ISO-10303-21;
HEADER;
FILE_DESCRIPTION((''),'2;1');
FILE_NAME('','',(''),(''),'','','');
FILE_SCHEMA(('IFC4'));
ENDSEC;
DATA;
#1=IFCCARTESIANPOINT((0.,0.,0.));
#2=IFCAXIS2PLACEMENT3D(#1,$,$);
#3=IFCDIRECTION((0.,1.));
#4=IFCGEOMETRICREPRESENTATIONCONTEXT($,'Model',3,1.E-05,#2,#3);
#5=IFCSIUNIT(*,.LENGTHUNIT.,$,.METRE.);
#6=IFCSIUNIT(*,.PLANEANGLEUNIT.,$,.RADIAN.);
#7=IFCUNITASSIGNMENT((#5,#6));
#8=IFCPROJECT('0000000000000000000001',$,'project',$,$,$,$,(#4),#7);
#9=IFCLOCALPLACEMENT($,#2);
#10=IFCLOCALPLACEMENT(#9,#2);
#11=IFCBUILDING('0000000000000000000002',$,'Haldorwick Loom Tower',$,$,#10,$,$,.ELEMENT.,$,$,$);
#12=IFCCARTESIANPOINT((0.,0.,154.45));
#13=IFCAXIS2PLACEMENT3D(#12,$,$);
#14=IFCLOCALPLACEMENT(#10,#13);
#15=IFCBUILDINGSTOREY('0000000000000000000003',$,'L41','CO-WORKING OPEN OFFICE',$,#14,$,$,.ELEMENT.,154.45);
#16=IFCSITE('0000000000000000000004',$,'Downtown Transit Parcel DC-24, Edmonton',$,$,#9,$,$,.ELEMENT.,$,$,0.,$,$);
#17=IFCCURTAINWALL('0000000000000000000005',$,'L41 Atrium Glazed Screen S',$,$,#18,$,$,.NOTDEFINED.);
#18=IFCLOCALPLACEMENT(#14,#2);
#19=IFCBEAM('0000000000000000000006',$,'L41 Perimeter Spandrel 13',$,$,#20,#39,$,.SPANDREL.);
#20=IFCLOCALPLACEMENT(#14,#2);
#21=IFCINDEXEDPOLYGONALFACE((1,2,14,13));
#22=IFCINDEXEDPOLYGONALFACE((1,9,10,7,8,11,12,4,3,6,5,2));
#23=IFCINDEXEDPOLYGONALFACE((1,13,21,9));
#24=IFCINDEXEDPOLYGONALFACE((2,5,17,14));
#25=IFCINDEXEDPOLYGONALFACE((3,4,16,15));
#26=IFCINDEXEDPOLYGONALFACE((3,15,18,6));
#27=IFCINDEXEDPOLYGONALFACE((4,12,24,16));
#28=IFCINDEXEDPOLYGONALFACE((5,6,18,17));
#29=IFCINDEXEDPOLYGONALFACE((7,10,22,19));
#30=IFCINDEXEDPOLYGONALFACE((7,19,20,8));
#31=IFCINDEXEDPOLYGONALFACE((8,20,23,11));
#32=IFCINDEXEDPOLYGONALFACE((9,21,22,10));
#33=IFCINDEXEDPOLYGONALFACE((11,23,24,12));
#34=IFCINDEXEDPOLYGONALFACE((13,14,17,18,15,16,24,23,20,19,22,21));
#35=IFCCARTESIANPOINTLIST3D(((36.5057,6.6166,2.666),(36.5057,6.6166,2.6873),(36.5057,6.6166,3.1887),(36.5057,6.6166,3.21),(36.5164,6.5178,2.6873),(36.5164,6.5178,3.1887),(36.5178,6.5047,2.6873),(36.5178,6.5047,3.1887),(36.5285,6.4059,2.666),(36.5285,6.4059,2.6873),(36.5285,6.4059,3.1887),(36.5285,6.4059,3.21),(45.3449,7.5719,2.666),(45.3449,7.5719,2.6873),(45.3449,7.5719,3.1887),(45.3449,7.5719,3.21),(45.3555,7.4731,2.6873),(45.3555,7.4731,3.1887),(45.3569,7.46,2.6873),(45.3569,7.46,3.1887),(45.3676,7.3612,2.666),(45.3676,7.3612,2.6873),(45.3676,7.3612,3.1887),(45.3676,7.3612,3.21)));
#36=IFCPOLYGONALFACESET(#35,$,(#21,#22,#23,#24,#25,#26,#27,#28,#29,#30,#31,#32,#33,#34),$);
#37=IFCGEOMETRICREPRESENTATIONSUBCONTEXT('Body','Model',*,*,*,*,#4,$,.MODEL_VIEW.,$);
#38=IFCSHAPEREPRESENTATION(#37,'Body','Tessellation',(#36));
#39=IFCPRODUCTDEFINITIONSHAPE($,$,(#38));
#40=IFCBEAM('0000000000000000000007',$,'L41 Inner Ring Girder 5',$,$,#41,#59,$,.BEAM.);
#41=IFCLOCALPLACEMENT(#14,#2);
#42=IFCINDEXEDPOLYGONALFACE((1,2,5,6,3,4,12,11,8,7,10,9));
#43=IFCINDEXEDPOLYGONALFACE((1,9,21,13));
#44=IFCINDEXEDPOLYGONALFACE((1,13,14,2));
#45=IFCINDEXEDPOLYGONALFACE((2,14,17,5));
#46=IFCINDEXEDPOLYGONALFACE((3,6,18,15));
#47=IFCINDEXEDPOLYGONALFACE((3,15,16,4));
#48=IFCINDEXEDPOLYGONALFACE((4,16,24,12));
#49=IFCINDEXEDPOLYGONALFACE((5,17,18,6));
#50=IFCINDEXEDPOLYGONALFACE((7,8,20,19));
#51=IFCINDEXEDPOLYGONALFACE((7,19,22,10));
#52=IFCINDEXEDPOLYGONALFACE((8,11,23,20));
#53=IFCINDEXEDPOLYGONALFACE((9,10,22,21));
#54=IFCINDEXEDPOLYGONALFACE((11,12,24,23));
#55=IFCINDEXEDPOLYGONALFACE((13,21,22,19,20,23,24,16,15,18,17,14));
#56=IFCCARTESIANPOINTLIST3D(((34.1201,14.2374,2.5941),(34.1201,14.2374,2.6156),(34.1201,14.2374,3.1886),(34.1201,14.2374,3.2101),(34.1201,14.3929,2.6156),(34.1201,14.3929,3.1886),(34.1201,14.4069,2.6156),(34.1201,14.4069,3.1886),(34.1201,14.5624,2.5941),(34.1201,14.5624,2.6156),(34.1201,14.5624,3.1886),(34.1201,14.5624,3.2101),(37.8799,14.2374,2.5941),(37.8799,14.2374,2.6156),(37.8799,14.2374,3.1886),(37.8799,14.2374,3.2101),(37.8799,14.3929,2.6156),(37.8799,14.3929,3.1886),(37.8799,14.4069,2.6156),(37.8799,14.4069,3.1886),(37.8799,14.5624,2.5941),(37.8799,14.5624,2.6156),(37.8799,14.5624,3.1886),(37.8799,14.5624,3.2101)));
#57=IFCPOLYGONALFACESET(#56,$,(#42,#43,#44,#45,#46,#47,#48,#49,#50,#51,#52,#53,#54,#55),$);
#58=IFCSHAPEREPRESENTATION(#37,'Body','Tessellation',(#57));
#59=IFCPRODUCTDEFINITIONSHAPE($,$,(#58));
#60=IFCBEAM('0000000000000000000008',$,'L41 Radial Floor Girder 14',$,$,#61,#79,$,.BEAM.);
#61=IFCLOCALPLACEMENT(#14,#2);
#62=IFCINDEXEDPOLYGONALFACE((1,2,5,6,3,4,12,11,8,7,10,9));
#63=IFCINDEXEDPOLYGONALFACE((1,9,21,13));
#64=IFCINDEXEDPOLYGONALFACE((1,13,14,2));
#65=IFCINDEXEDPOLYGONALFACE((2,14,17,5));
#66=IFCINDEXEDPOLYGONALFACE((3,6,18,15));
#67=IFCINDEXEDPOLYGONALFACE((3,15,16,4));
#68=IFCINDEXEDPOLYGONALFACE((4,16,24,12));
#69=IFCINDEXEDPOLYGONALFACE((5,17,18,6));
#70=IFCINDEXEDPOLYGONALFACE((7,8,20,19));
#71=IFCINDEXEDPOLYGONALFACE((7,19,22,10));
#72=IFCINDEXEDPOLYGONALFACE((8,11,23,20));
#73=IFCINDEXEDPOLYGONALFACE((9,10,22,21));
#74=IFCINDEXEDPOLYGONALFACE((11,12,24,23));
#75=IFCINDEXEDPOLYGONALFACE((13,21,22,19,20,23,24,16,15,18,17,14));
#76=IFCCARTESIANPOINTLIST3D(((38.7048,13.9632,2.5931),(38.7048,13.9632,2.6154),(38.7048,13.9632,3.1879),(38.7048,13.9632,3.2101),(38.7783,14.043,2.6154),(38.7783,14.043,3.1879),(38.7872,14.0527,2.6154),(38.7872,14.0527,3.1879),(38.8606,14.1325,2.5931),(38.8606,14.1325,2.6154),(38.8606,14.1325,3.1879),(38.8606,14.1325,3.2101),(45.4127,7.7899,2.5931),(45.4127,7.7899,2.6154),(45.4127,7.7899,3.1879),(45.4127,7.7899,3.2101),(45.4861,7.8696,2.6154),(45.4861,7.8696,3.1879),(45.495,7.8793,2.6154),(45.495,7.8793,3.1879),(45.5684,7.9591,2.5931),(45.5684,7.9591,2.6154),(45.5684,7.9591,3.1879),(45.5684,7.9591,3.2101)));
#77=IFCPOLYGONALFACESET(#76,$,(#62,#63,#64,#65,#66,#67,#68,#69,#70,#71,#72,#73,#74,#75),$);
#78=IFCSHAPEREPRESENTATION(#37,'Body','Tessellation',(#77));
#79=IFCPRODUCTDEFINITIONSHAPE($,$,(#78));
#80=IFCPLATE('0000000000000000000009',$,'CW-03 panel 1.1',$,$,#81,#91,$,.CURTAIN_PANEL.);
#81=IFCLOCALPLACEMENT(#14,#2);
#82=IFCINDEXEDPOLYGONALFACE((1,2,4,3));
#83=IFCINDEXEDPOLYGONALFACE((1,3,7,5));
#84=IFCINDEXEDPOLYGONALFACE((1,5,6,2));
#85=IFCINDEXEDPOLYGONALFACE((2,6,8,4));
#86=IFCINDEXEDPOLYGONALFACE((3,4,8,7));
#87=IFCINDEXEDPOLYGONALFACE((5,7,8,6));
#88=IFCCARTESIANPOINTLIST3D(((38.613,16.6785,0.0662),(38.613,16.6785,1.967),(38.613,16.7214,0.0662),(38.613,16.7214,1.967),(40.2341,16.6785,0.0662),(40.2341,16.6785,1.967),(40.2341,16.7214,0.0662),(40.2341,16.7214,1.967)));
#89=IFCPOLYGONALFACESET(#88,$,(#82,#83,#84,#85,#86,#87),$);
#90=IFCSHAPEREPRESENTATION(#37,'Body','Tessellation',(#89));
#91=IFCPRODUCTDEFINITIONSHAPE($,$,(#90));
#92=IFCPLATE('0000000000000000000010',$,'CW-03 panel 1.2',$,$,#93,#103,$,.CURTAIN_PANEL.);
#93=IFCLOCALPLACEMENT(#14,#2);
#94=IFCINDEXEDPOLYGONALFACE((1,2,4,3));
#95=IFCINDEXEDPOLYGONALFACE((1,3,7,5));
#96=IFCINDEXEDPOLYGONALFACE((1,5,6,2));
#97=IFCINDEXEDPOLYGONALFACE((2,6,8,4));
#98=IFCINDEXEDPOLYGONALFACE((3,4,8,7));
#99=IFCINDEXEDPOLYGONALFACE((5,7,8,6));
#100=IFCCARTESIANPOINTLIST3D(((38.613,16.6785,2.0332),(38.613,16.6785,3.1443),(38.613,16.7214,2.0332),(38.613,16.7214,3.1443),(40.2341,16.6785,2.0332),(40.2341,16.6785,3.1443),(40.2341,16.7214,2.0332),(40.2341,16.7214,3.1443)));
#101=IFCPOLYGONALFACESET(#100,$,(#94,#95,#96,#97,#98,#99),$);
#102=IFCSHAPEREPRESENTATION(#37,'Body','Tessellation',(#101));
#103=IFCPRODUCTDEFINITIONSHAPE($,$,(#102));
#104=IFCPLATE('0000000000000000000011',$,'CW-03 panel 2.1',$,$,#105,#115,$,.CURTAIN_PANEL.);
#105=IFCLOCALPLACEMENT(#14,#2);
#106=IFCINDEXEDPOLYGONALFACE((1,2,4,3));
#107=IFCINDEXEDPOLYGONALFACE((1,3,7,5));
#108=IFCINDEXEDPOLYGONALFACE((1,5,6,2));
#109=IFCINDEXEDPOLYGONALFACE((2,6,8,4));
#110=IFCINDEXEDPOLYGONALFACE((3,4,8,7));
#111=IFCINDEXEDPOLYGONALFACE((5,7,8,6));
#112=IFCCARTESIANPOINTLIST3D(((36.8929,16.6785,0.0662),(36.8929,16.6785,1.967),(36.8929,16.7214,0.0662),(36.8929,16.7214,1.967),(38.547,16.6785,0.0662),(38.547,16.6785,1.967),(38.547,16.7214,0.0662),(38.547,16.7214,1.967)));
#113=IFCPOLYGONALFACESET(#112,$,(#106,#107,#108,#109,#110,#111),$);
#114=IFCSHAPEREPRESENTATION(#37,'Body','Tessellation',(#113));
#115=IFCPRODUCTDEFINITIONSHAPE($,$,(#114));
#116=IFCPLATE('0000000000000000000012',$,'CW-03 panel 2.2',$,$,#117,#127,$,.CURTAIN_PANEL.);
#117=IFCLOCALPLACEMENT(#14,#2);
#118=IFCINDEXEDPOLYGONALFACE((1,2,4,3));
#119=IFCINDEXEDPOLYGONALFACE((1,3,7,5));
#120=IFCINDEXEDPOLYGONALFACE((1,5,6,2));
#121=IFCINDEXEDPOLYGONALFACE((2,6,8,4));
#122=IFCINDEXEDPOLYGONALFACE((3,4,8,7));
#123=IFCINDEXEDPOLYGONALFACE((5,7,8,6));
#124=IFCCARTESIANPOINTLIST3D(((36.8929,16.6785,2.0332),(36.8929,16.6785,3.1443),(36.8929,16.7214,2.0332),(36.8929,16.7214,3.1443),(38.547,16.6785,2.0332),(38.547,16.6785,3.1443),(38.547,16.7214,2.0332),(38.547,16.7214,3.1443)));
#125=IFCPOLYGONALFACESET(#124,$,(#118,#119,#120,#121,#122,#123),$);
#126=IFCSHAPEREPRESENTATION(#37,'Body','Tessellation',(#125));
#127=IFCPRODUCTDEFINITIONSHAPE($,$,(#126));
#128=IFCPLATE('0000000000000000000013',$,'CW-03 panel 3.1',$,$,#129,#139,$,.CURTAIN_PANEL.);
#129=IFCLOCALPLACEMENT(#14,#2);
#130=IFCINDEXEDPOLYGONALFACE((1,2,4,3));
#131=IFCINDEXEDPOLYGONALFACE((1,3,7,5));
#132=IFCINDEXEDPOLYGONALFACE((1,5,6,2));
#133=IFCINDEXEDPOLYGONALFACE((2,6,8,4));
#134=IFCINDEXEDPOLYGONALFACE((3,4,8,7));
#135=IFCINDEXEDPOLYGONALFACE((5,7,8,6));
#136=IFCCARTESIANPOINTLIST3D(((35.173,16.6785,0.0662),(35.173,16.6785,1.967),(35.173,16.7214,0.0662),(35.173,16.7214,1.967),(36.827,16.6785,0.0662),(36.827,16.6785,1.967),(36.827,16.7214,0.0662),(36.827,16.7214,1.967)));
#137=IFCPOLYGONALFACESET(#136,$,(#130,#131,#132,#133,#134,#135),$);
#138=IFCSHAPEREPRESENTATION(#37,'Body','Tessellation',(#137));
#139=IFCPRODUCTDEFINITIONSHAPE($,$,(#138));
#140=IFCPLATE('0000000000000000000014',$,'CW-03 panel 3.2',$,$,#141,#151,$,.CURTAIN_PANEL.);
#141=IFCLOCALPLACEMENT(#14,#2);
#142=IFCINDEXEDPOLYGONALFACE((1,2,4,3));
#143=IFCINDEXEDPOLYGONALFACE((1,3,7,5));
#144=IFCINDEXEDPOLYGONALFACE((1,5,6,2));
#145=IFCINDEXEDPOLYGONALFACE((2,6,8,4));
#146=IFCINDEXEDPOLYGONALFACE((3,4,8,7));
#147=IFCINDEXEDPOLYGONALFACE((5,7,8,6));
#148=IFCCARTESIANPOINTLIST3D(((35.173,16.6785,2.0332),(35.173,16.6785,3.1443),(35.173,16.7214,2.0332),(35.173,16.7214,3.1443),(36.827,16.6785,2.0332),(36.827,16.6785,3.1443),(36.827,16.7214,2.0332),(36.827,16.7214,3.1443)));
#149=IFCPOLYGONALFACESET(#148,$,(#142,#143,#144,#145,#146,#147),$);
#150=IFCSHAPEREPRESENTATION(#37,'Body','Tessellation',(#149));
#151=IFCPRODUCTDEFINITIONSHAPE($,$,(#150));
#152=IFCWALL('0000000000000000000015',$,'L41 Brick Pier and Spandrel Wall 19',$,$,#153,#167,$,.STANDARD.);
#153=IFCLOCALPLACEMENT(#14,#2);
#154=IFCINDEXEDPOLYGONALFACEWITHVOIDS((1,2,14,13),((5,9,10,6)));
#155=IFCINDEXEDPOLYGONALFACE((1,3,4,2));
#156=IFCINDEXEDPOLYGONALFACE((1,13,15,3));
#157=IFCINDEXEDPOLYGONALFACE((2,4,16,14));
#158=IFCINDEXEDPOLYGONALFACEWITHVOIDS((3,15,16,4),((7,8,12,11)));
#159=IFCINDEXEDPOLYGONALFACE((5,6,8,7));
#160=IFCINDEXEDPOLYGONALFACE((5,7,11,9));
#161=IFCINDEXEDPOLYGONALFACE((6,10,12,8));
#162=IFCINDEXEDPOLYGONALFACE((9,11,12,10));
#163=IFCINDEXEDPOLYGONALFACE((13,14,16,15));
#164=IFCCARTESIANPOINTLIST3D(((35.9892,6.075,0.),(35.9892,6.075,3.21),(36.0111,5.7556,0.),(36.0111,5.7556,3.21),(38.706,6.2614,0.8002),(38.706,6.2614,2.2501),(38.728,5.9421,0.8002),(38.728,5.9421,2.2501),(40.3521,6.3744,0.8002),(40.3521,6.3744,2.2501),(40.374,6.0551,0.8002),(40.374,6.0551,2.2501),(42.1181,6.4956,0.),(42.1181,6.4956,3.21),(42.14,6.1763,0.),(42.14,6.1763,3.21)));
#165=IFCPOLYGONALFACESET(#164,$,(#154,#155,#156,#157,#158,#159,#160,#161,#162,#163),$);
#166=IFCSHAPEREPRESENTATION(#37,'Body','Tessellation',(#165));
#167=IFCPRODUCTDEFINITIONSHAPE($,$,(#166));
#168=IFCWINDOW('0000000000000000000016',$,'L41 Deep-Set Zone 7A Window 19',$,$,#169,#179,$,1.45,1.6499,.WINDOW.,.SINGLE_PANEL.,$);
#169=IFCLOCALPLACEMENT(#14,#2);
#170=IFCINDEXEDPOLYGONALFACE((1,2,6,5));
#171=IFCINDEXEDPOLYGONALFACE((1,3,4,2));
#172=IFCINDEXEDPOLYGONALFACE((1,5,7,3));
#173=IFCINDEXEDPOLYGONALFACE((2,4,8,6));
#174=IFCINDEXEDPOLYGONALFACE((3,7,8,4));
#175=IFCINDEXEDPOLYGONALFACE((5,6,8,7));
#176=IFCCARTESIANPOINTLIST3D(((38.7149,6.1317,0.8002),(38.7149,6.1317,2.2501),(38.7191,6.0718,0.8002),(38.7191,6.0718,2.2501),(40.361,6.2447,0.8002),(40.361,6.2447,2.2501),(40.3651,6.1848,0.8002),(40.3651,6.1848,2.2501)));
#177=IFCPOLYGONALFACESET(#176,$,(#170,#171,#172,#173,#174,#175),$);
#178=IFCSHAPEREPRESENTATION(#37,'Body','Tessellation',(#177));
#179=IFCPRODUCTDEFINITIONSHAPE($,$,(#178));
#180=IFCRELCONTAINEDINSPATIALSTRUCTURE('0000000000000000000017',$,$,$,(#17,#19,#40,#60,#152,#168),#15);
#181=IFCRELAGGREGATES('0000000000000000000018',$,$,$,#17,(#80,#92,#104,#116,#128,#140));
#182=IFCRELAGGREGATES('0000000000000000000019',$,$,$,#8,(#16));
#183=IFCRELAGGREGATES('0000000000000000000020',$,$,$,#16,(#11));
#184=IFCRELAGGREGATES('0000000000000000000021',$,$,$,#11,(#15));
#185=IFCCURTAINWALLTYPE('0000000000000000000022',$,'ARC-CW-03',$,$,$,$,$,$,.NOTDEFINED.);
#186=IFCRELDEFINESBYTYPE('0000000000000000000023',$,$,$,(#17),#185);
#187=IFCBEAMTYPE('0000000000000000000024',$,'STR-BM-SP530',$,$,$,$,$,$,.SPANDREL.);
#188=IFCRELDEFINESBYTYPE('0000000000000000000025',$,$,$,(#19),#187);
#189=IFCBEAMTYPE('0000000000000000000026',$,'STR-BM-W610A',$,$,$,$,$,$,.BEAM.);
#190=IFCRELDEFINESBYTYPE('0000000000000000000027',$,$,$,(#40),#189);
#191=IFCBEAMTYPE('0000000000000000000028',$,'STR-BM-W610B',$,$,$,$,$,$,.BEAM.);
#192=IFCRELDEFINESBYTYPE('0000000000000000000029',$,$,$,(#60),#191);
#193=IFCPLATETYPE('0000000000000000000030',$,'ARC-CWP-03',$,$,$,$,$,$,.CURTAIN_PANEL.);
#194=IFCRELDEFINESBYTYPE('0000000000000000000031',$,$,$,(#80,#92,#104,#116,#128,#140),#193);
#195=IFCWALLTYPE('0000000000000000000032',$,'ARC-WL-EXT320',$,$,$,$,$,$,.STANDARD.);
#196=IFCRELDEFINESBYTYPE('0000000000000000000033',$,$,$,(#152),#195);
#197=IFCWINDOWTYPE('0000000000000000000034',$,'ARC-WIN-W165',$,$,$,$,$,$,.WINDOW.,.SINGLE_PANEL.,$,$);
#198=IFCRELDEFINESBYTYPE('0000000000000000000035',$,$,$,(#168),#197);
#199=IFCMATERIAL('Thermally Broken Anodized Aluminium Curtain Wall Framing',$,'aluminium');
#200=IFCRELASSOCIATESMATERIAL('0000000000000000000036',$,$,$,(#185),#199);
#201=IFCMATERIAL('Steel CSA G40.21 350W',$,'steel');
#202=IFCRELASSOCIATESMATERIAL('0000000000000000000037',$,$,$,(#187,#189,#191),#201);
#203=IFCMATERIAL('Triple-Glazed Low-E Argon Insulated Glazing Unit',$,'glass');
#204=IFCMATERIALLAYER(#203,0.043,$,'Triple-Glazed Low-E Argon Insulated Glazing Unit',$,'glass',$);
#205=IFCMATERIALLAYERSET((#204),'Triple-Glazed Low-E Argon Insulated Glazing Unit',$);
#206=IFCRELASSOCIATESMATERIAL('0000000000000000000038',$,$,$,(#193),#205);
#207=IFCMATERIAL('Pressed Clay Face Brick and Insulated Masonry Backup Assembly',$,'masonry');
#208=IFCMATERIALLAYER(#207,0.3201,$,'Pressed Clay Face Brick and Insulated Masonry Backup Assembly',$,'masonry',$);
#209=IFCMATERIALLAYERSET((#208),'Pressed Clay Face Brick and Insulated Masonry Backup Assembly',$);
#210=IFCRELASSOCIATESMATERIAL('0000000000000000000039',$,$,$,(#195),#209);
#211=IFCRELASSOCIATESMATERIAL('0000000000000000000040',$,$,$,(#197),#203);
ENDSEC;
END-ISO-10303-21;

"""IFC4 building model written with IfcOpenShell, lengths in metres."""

from ifc_helpers import new_model, si_unit, direction, frame, frame_2d, origin, origin_2d, place, context, subcontext, project, spatial, rectangle, i_section, extrude, material, layer, layer_set, material_profile, profile_set, type_object, element, fill, aggregate, save


model = new_model("IFC4")

# Units and contexts
model_context = context("Model", 3, precision=1e-05, world=origin(), true_north=direction((0.0, 1.0)))
body_context = subcontext(model_context, "Body", "Model", "MODEL_VIEW")
ifc_project = project(units=[si_unit("LENGTHUNIT", "METRE"), si_unit("PLANEANGLEUNIT", "RADIAN")], contexts=[model_context])

# Site, building, storey
site_placement = place(None, origin())
site = spatial("IfcSite", under=ifc_project, at=site_placement, Name="Downtown Transit Parcel DC-24, Edmonton", CompositionType="ELEMENT", RefElevation=0.0)
building_placement = place(site_placement, origin())
building = spatial("IfcBuilding", under=site, at=building_placement, Name="Haldorwick Loom Tower", CompositionType="ELEMENT")
storey_placement = place(building_placement, frame((0.0, 0.0, 154.45)))
storey = spatial("IfcBuildingStorey", under=building, at=storey_placement, Name="L41", Description="CO-WORKING OPEN OFFICE", CompositionType="ELEMENT", Elevation=154.45)

# Curtain wall
ifc_material_1 = material(Name="Thermally Broken Anodized Aluminium Curtain Wall Framing", Category="aluminium")
curtain_wall_type = type_object("IfcCurtainWallType", Name="ARC-CW-03", PredefinedType="NOTDEFINED", material=ifc_material_1)
curtain_wall_placement = place(storey_placement, origin())
curtain_wall = element("IfcCurtainWall", 1, at=curtain_wall_placement, inside=storey, type_object=curtain_wall_type, Name="L41 Atrium Glazed Screen S", PredefinedType="NOTDEFINED")

# Beams
ifc_material_2 = material(Name="Steel CSA G40.21 350W", Category="steel")
ifc_material_profile_1 = material_profile(ifc_material_2, i_section(OverallWidth=0.2119, OverallDepth=0.5439, WebThickness=0.0132, FlangeThickness=0.0212, at=origin_2d()), Name="W530X123", Category="steel")
ifc_profile_set_1 = profile_set([ifc_material_profile_1], Name="Steel CSA G40.21 350W")
beam_type_1 = type_object("IfcBeamType", Name="STR-BM-SP530", PredefinedType="SPANDREL", material=ifc_profile_set_1)
beam_1_placement = place(storey_placement, frame((36.5171, 6.5112, 2.938), z_axis=(0.99421, 0.107453, 0.0), x_axis=(-0.107453, 0.99421, 0.0)))
element("IfcBeam", 2, at=beam_1_placement, inside=storey, type_object=beam_type_1, Name="L41 Perimeter Spandrel 13", PredefinedType="SPANDREL", context=body_context, shape_type="SweptSolid", body=[
    extrude(i_section(OverallWidth=0.2119, OverallDepth=0.5439, WebThickness=0.0132, FlangeThickness=0.0212, at=origin_2d()), origin(), (0.0, 0.0, 1.0), 8.8906),
])
ifc_material_profile_2 = material_profile(ifc_material_2, i_section(OverallWidth=0.325, OverallDepth=0.616, WebThickness=0.0139, FlangeThickness=0.0215, at=origin_2d()), Name="W610X174", Category="steel")
ifc_profile_set_2 = profile_set([ifc_material_profile_2], Name="Steel CSA G40.21 350W")
beam_type_2 = type_object("IfcBeamType", Name="STR-BM-W610A", PredefinedType="BEAM", material=ifc_profile_set_2)
beam_2_placement = place(storey_placement, frame((37.8799, 14.3999, 2.9021), z_axis=(-1.0, 0.0, 0.0), x_axis=(0.0, -1.0, 0.0)))
element("IfcBeam", 3, at=beam_2_placement, inside=storey, type_object=beam_type_2, Name="L41 Inner Ring Girder 5", PredefinedType="BEAM", context=body_context, shape_type="SweptSolid", body=[
    extrude(i_section(OverallWidth=0.325, OverallDepth=0.616, WebThickness=0.0139, FlangeThickness=0.0215, at=origin_2d()), origin(), (0.0, 0.0, 1.0), 3.7598),
])
ifc_material_profile_3 = material_profile(ifc_material_2, i_section(OverallWidth=0.23, OverallDepth=0.6169, WebThickness=0.0132, FlangeThickness=0.0222, at=origin_2d()), Name="W610X140", Category="steel")
ifc_profile_set_3 = profile_set([ifc_material_profile_3], Name="Steel CSA G40.21 350W")
beam_type_3 = type_object("IfcBeamType", Name="STR-BM-W610B", PredefinedType="BEAM", material=ifc_profile_set_3)
beam_3_placement = place(storey_placement, frame((38.7827, 14.0479, 2.9016), z_axis=(0.735811, -0.677187, 0.0), x_axis=(0.677187, 0.735811, 0.0)))
element("IfcBeam", 4, at=beam_3_placement, inside=storey, type_object=beam_type_3, Name="L41 Radial Floor Girder 14", PredefinedType="BEAM", context=body_context, shape_type="SweptSolid", body=[
    extrude(i_section(OverallWidth=0.23, OverallDepth=0.6169, WebThickness=0.0132, FlangeThickness=0.0222, at=origin_2d()), origin(), (0.0, 0.0, 1.0), 9.1162),
])

# Plates
ifc_material_3 = material(Name="Triple-Glazed Low-E Argon Insulated Glazing Unit", Category="glass")
ifc_layer_1 = layer(ifc_material_3, 0.043, Name="Triple-Glazed Low-E Argon Insulated Glazing Unit", Category="glass")
ifc_layer_set_1 = layer_set([ifc_layer_1], Name="Triple-Glazed Low-E Argon Insulated Glazing Unit")
plate_type = type_object("IfcPlateType", Name="ARC-CWP-03", PredefinedType="CURTAIN_PANEL", material=ifc_layer_set_1)
plate_1_placement = place(storey_placement, frame((39.4236, 16.7, 0.0662), z_axis=(0.0, 0.0, 1.0), x_axis=(-1.0, 0.0, 0.0)))
plate_1 = element("IfcPlate", 5, at=plate_1_placement, type_object=plate_type, Name="CW-03 panel 1.1", PredefinedType="CURTAIN_PANEL", context=body_context, shape_type="SweptSolid", body=[
    extrude(rectangle(XDim=1.6211, YDim=0.043, at=origin_2d()), origin(), (0.0, 0.0, 1.0), 1.9009),
])
plate_2_placement = place(storey_placement, frame((39.4236, 16.7, 2.0332), z_axis=(0.0, 0.0, 1.0), x_axis=(-1.0, 0.0, 0.0)))
plate_2 = element("IfcPlate", 6, at=plate_2_placement, type_object=plate_type, Name="CW-03 panel 1.2", PredefinedType="CURTAIN_PANEL", context=body_context, shape_type="SweptSolid", body=[
    extrude(rectangle(XDim=1.6211, YDim=0.043, at=origin_2d()), origin(), (0.0, 0.0, 1.0), 1.1111),
])
plate_3_placement = place(storey_placement, frame((37.72, 16.7, 0.0662), z_axis=(0.0, 0.0, 1.0), x_axis=(-1.0, 0.0, 0.0)))
plate_3 = element("IfcPlate", 7, at=plate_3_placement, type_object=plate_type, Name="CW-03 panel 2.1", PredefinedType="CURTAIN_PANEL", context=body_context, shape_type="SweptSolid", body=[
    extrude(rectangle(XDim=1.6541, YDim=0.043, at=origin_2d()), origin(), (0.0, 0.0, 1.0), 1.9009),
])
plate_4_placement = place(storey_placement, frame((37.72, 16.7, 2.0332), z_axis=(0.0, 0.0, 1.0), x_axis=(-1.0, 0.0, 0.0)))
plate_4 = element("IfcPlate", 8, at=plate_4_placement, type_object=plate_type, Name="CW-03 panel 2.2", PredefinedType="CURTAIN_PANEL", context=body_context, shape_type="SweptSolid", body=[
    extrude(rectangle(XDim=1.6541, YDim=0.043, at=origin_2d()), origin(), (0.0, 0.0, 1.0), 1.1111),
])
plate_5_placement = place(storey_placement, frame((36.0, 16.7, 0.0662), z_axis=(0.0, 0.0, 1.0), x_axis=(-1.0, 0.0, 0.0)))
plate_5 = element("IfcPlate", 9, at=plate_5_placement, type_object=plate_type, Name="CW-03 panel 3.1", PredefinedType="CURTAIN_PANEL", context=body_context, shape_type="SweptSolid", body=[
    extrude(rectangle(XDim=1.6541, YDim=0.043, at=origin_2d()), origin(), (0.0, 0.0, 1.0), 1.9009),
])
plate_6_placement = place(storey_placement, frame((36.0, 16.7, 2.0332), z_axis=(0.0, 0.0, 1.0), x_axis=(-1.0, 0.0, 0.0)))
plate_6 = element("IfcPlate", 10, at=plate_6_placement, type_object=plate_type, Name="CW-03 panel 3.2", PredefinedType="CURTAIN_PANEL", context=body_context, shape_type="SweptSolid", body=[
    extrude(rectangle(XDim=1.6541, YDim=0.043, at=origin_2d()), origin(), (0.0, 0.0, 1.0), 1.1111),
])
aggregate(curtain_wall, [plate_1, plate_2, plate_3, plate_4, plate_5, plate_6])

# Wall, opening, window
ifc_material_4 = material(Name="Pressed Clay Face Brick and Insulated Masonry Backup Assembly", Category="masonry")
ifc_layer_2 = layer(ifc_material_4, 0.3201, Name="Pressed Clay Face Brick and Insulated Masonry Backup Assembly", Category="masonry")
ifc_layer_set_2 = layer_set([ifc_layer_2], Name="Pressed Clay Face Brick and Insulated Masonry Backup Assembly")
wall_type_1 = type_object("IfcWallType", Name="ARC-WL-EXT320", PredefinedType="STANDARD", material=ifc_layer_set_2)
wall_1_placement = place(storey_placement, frame((36.0, 5.9153, 0.0), z_axis=(0.0, 0.0, 1.0), x_axis=(0.997653, 0.068473, 0.0)))
wall_1 = element("IfcWall", 11, at=wall_1_placement, inside=storey, type_object=wall_type_1, Name="L41 Brick Pier and Spandrel Wall 19", PredefinedType="STANDARD", context=body_context, shape_type="SweptSolid", body=[
    extrude(rectangle(XDim=6.1433, YDim=0.3201, at=frame_2d((3.0718, 0.0))), origin(), (0.0, 0.0, 1.0), 3.21),
])
opening_placement = place(wall_1_placement, frame((2.7234, 0.0, 0.8)))
opening = element("IfcOpeningElement", 12, at=opening_placement, cuts=wall_1, PredefinedType="OPENING", context=body_context, shape_type="SweptSolid", body=[
    extrude(rectangle(XDim=1.6499, YDim=1.45, at=frame_2d((0.825, 0.7251))), frame((0.0, 0.1699, 0.0), z_axis=(0.0, -1.0, 0.0), x_axis=(1.0, 0.0, 0.0)), (0.0, 0.0, 1.0), 0.3401),
])
window_type = type_object("IfcWindowType", Name="ARC-WIN-W165", PartitioningType="SINGLE_PANEL", PredefinedType="WINDOW", material=ifc_material_3)
window_placement = place(opening_placement, origin())
window = element("IfcWindow", 13, at=window_placement, inside=storey, type_object=window_type, Name="L41 Deep-Set Zone 7A Window 19", OverallHeight=1.45, OverallWidth=1.6499, PartitioningType="SINGLE_PANEL", PredefinedType="WINDOW", context=body_context, shape_type="SweptSolid", body=[
    extrude(rectangle(XDim=1.6499, YDim=1.45, at=frame_2d((0.825, 0.7251))), frame((0.0, 0.03, 0.0), z_axis=(0.0, -1.0, 0.0), x_axis=(1.0, 0.0, 0.0)), (0.0, 0.0, 1.0), 0.0601),
])
fill(opening, window)

save(model, "model.ifc")
